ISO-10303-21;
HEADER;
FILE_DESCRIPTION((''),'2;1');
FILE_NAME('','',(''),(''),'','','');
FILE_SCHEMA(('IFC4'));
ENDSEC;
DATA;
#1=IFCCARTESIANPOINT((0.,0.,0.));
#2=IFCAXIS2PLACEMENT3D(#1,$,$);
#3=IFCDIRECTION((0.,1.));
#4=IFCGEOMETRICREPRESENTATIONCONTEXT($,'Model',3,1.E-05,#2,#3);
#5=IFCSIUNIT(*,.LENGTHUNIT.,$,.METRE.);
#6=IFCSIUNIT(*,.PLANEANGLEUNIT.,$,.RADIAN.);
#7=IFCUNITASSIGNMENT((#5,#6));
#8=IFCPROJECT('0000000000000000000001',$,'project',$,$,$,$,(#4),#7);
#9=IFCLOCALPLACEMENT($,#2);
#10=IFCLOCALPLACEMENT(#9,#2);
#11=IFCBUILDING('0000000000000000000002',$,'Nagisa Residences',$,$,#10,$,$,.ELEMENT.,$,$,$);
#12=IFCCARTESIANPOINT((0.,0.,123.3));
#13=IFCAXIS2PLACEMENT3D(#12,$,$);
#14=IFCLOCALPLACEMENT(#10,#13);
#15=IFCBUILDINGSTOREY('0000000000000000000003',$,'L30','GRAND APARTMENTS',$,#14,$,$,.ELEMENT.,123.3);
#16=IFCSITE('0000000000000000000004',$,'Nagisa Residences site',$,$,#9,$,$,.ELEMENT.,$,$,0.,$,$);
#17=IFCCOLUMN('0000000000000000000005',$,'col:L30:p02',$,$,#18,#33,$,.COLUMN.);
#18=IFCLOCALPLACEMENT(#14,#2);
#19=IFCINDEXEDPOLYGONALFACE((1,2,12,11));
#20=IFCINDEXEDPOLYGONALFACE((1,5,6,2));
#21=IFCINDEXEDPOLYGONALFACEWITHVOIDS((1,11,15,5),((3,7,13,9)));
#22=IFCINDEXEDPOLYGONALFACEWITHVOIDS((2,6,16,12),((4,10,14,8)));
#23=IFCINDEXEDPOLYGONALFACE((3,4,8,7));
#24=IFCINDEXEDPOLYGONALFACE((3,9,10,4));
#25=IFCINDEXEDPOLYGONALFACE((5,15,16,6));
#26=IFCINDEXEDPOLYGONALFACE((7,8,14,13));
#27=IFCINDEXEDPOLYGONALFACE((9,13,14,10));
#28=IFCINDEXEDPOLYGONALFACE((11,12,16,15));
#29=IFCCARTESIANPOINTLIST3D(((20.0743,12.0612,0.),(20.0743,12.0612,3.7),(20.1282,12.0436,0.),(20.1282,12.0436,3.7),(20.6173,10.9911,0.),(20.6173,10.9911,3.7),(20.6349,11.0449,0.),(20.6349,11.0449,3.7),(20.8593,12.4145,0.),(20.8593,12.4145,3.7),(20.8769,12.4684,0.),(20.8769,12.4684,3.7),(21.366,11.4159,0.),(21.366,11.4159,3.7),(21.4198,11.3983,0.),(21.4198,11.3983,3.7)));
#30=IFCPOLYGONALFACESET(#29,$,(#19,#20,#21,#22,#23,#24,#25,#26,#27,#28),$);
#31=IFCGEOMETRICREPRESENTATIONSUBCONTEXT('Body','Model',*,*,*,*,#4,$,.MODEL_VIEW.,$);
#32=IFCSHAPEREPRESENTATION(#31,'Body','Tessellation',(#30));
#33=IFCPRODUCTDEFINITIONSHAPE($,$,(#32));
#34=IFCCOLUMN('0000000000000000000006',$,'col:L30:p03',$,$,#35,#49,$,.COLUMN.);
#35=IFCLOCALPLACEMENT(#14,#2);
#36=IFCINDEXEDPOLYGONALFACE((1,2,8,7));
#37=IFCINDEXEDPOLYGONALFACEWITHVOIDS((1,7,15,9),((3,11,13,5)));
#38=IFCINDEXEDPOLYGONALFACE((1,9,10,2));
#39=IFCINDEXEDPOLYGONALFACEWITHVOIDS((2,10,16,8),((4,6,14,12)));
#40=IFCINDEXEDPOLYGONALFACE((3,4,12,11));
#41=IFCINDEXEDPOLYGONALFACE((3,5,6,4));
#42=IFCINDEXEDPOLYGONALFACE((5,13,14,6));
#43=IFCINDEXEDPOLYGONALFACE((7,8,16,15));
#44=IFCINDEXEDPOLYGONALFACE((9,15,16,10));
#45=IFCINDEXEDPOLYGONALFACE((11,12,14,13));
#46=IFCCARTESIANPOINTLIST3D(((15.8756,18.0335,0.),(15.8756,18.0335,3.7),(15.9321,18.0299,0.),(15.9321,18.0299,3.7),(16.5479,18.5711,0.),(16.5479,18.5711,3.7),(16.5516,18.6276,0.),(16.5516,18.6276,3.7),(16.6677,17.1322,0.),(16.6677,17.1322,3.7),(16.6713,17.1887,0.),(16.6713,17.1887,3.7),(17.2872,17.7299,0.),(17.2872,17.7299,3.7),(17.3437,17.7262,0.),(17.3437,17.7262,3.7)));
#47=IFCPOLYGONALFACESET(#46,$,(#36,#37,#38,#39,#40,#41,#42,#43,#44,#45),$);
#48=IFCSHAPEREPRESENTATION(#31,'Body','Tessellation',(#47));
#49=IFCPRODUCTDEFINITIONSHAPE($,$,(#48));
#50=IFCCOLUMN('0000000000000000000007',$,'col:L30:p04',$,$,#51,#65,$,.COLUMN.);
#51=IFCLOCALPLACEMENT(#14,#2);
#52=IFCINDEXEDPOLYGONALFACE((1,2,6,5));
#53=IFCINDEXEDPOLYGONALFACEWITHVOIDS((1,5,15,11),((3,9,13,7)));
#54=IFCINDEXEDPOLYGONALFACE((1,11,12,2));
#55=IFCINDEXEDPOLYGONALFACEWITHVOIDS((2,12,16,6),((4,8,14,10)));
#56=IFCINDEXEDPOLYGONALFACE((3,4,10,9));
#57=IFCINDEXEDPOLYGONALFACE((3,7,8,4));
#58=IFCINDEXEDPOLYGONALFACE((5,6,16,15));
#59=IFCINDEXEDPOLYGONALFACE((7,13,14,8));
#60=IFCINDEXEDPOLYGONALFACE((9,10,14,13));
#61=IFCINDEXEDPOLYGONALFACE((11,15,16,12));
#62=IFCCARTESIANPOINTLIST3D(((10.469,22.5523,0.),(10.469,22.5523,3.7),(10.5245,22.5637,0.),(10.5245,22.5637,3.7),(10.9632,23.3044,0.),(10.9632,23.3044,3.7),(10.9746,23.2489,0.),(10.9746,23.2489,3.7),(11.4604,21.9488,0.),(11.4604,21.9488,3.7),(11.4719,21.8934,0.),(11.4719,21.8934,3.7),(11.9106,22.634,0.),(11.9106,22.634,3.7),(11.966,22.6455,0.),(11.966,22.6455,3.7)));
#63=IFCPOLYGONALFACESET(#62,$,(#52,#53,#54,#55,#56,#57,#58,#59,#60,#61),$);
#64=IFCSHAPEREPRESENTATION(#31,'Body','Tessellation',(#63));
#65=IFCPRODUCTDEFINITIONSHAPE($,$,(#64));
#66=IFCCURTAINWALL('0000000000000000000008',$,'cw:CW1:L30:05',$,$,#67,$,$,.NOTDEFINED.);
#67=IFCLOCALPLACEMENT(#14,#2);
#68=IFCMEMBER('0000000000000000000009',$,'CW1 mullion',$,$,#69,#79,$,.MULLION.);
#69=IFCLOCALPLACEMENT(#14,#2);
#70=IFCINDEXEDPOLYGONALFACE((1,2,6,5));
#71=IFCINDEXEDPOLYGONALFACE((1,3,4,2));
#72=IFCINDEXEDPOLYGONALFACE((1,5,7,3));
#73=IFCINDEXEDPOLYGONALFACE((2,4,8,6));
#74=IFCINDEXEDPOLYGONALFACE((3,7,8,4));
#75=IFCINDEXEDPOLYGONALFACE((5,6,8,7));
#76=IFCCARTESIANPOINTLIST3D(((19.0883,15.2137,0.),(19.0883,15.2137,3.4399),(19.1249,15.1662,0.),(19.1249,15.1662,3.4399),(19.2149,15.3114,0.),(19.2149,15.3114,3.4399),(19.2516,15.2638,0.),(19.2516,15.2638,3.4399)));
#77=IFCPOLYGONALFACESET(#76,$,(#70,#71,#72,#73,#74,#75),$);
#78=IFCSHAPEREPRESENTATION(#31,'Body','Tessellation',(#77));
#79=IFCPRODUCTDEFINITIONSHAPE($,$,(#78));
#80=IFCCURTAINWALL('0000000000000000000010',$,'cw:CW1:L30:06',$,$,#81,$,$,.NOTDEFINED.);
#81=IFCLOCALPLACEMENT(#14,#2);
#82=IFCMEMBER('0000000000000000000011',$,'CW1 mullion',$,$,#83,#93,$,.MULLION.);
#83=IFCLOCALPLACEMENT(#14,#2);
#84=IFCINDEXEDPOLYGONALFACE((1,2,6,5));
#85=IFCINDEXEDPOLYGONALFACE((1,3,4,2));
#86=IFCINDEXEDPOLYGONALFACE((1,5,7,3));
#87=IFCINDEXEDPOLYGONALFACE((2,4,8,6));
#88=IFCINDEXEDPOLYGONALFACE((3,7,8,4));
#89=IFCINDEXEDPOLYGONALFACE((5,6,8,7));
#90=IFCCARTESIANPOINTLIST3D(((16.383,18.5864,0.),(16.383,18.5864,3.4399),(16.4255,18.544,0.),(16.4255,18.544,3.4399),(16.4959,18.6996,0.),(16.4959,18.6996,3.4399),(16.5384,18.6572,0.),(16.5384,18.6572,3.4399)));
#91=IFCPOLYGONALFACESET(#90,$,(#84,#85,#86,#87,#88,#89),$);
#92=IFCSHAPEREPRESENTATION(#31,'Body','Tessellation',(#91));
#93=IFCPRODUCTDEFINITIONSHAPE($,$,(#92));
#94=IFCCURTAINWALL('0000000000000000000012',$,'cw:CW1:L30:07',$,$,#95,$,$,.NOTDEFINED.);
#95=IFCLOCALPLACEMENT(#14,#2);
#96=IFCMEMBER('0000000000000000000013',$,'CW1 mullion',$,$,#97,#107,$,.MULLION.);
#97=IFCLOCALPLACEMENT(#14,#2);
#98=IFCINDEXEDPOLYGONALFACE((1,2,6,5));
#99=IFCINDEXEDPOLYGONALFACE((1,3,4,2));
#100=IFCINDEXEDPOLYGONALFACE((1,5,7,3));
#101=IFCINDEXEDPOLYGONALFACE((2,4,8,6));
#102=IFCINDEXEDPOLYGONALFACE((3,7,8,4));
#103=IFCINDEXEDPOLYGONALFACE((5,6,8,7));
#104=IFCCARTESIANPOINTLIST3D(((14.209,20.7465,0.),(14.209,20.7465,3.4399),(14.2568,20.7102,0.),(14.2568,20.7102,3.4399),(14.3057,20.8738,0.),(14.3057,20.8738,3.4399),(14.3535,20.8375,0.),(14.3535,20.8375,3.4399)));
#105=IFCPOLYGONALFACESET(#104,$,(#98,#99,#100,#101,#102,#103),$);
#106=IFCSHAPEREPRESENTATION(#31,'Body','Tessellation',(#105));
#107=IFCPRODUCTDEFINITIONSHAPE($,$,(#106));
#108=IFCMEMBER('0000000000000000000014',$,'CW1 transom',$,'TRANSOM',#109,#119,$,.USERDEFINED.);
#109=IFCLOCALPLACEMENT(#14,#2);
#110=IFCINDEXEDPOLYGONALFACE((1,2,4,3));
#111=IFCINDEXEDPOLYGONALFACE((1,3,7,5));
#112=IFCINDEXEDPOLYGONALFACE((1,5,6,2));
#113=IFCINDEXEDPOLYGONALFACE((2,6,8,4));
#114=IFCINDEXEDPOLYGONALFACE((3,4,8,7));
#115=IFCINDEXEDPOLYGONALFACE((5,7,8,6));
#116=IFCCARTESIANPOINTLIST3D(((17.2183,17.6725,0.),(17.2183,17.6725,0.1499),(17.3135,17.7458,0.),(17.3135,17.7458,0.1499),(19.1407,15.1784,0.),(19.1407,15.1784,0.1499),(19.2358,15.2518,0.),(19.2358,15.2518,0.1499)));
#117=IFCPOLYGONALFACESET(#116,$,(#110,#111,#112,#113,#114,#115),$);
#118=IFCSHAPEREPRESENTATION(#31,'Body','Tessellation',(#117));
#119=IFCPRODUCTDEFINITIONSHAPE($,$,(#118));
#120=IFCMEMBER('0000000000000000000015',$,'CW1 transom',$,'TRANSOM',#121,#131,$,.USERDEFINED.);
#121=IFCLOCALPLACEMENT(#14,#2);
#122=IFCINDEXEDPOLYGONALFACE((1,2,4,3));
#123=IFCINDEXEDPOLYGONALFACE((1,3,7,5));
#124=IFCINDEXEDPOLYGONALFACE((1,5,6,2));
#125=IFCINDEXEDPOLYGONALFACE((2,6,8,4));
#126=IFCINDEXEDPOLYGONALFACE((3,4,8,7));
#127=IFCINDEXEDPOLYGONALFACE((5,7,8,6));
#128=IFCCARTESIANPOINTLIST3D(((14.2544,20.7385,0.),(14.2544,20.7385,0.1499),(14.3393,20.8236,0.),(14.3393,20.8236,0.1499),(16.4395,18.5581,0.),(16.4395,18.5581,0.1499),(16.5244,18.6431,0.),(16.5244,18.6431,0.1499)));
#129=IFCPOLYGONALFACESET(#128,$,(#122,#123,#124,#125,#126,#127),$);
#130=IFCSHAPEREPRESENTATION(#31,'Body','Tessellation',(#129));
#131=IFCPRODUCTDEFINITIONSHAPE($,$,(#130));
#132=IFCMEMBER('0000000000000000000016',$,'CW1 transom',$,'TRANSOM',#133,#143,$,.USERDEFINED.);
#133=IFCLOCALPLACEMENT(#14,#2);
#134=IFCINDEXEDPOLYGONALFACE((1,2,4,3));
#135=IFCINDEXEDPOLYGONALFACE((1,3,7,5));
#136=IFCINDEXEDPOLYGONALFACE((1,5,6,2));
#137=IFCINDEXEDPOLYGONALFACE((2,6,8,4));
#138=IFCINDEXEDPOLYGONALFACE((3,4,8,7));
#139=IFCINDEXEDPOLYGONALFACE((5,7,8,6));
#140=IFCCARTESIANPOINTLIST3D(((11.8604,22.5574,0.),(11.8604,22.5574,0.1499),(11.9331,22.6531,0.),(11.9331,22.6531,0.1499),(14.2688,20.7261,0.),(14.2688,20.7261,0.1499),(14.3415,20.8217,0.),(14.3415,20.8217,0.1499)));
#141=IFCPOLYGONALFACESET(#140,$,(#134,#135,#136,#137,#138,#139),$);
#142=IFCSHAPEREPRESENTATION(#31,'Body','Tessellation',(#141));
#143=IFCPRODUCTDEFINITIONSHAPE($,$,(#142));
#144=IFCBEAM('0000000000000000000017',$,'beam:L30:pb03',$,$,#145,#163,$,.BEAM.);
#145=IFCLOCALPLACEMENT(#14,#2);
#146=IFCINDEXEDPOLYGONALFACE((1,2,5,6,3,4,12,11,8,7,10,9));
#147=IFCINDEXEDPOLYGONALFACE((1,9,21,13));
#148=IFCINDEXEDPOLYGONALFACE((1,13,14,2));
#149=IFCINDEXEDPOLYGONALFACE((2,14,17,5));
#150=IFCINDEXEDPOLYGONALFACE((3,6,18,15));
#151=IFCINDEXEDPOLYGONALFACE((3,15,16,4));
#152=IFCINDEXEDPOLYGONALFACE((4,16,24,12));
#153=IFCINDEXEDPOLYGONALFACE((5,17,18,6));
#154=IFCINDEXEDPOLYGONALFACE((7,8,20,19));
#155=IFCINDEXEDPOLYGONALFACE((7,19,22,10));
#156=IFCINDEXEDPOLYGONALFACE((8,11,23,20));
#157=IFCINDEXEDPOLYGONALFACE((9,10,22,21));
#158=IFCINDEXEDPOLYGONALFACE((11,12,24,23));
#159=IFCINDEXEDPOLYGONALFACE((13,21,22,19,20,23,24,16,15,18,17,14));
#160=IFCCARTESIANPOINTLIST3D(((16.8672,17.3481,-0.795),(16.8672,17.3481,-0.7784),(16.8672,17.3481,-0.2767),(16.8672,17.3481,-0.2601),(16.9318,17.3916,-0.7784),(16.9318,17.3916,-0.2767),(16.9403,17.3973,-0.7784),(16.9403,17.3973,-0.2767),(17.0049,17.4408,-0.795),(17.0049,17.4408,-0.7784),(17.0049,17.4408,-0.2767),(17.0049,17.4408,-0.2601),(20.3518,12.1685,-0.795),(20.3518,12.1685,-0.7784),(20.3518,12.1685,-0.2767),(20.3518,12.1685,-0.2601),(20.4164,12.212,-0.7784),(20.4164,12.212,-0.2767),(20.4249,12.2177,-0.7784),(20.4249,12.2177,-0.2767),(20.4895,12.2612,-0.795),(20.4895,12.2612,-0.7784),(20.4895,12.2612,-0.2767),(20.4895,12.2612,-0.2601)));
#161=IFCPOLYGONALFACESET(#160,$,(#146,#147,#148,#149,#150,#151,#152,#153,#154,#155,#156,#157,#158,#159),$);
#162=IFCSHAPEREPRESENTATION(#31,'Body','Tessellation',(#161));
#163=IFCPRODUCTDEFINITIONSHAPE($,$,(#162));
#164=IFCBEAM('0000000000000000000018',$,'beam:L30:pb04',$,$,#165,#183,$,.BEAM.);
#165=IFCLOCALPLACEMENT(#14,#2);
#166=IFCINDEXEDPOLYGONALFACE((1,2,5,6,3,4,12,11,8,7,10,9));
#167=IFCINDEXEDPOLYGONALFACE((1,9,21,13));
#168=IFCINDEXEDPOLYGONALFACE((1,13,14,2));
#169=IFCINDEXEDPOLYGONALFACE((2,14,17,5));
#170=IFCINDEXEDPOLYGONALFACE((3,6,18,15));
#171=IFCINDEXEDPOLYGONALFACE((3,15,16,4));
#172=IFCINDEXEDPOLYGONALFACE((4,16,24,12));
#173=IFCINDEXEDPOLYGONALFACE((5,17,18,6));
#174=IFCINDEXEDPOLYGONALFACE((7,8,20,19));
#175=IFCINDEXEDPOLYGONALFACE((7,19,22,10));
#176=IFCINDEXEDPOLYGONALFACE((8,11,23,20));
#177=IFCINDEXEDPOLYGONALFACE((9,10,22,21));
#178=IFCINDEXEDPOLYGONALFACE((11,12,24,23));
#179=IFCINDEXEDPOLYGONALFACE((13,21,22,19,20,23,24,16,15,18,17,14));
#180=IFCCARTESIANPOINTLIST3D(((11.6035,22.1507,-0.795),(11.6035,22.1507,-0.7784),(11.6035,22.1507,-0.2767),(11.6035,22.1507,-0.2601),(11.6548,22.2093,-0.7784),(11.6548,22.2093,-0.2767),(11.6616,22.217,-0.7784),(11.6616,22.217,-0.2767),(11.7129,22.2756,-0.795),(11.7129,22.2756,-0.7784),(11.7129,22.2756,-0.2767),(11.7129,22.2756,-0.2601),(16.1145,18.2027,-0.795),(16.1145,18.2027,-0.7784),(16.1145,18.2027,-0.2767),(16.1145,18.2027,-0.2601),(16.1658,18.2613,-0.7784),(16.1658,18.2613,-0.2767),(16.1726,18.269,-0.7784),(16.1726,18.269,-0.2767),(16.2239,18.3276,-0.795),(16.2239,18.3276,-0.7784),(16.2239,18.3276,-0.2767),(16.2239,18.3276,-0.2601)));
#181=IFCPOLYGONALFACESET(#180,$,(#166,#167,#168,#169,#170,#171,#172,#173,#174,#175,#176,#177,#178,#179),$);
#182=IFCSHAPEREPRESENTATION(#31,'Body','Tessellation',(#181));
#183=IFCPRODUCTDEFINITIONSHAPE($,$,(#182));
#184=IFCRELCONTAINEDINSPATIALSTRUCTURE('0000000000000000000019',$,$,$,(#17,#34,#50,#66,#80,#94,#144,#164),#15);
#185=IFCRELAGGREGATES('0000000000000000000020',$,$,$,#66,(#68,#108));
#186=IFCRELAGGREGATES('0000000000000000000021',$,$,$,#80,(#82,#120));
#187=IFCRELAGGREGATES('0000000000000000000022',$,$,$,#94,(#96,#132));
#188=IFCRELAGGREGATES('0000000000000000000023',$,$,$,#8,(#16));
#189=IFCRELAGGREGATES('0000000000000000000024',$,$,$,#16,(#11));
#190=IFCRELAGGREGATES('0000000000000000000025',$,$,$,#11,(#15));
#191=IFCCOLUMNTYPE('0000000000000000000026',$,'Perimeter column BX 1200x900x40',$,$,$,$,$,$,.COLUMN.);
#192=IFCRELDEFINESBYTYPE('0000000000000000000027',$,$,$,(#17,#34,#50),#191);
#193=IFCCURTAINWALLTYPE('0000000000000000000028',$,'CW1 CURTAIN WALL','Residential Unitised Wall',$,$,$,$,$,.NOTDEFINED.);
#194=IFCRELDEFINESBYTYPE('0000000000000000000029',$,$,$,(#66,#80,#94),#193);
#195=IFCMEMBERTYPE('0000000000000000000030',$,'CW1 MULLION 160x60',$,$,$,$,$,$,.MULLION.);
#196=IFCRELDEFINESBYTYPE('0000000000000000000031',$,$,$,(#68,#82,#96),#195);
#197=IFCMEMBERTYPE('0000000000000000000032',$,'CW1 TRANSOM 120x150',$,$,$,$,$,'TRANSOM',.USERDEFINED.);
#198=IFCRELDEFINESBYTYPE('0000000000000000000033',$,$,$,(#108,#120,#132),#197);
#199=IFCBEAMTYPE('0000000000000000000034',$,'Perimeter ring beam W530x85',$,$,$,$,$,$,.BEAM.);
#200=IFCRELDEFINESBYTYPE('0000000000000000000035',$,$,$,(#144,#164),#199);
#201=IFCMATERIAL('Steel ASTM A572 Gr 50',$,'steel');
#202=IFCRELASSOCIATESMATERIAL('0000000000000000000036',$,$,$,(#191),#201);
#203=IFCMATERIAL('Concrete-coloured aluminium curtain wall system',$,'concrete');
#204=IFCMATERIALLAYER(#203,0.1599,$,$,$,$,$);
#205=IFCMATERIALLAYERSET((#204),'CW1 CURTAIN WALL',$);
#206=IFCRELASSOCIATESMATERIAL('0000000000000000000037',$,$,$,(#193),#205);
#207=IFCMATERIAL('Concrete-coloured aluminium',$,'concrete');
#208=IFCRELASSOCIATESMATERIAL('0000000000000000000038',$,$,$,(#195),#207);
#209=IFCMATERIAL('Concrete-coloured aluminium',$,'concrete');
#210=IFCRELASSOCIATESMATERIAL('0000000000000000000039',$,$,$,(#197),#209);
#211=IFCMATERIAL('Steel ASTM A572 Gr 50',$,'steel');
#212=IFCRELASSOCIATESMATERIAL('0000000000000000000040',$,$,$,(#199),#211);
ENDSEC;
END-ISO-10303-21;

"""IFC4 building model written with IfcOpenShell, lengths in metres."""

from ifc_helpers import new_model, si_unit, direction, frame, origin, origin_2d, place, context, subcontext, project, spatial, rectangle, hollow_rectangle, i_section, extrude, material, layer, layer_set, material_profile, profile_set, type_object, element, aggregate, save


model = new_model("IFC4")

# Units and contexts
model_context = context("Model", 3, precision=1e-05, world=origin(), true_north=direction((0.0, 1.0)))
body_context = subcontext(model_context, "Body", "Model", "MODEL_VIEW")
ifc_project = project(units=[si_unit("LENGTHUNIT", "METRE"), si_unit("PLANEANGLEUNIT", "RADIAN")], contexts=[model_context])

# Site, building, storey
site_placement = place(None, origin())
site = spatial("IfcSite", under=ifc_project, at=site_placement, Name="Nagisa Residences site", CompositionType="ELEMENT", RefElevation=0.0)
building_placement = place(site_placement, origin())
building = spatial("IfcBuilding", under=site, at=building_placement, Name="Nagisa Residences", CompositionType="ELEMENT")
storey_placement = place(building_placement, frame((0.0, 0.0, 123.3)))
storey = spatial("IfcBuildingStorey", under=building, at=storey_placement, Name="L30", Description="GRAND APARTMENTS", CompositionType="ELEMENT", Elevation=123.3)

# Columns
ifc_material_1 = material(Name="Steel ASTM A572 Gr 50", Category="steel")
ifc_material_profile_1 = material_profile(ifc_material_1, hollow_rectangle(XDim=1.2, YDim=0.8999, WallThickness=0.04, at=origin_2d()), Name="BX 1200x900x40")
ifc_profile_set_1 = profile_set([ifc_material_profile_1], Name="Steel ASTM A572 Gr 50")
column_type = type_object("IfcColumnType", Name="Perimeter column BX 1200x900x40", PredefinedType="COLUMN", material=ifc_profile_set_1)
for number, where, z_axis, x_axis, name in (
    (1, (20.7471, 11.7297, 0.0), (0.0, 0.0, 1.0), (-0.452463, 0.891783, 0.0), "col:L30:p02"),
    (2, (16.6096, 17.8799, 0.0), (0.0, 0.0, 1.0), (-0.660115, 0.751165, 0.0), "col:L30:p03"),
    (3, (11.2175, 22.5989, 0.0), (0.0, 0.0, 1.0), (-0.835766, 0.549086, 0.0), "col:L30:p04"),
):
    element("IfcColumn", number, at=place(storey_placement, frame(where, z_axis=z_axis, x_axis=x_axis)), inside=storey, type_object=column_type, Name=name, PredefinedType="COLUMN", context=body_context, shape_type="SweptSolid", body=[
        extrude(hollow_rectangle(XDim=1.2, YDim=0.8999, WallThickness=0.04, at=origin_2d()), origin(), (0.0, 0.0, 1.0), 3.7),
    ])

# Curtain walls, members
ifc_material_2 = material(Name="Concrete-coloured aluminium curtain wall system", Category="concrete")
ifc_layer_1 = layer(ifc_material_2, 0.1599)
ifc_layer_set_1 = layer_set([ifc_layer_1], Name="CW1 CURTAIN WALL")
curtain_wall_type = type_object("IfcCurtainWallType", Name="CW1 CURTAIN WALL", Description="Residential Unitised Wall", PredefinedType="NOTDEFINED", material=ifc_layer_set_1)
curtain_wall_1_placement = place(storey_placement, origin())
curtain_wall_1 = element("IfcCurtainWall", 4, at=curtain_wall_1_placement, inside=storey, type_object=curtain_wall_type, Name="cw:CW1:L30:05", PredefinedType="NOTDEFINED")
ifc_material_3 = material(Name="Concrete-coloured aluminium", Category="concrete")
ifc_material_profile_2 = material_profile(ifc_material_3, rectangle(XDim=0.1599, YDim=0.0601, at=origin_2d()), Name="CW1 MULLION 160x60")
ifc_profile_set_2 = profile_set([ifc_material_profile_2], Name="Concrete-coloured aluminium")
member_type_1 = type_object("IfcMemberType", Name="CW1 MULLION 160x60", PredefinedType="MULLION", material=ifc_profile_set_2)
member_1_placement = place(storey_placement, frame((19.1699, 15.2388, 0.0), z_axis=(0.0, 0.0, 1.0), x_axis=(-0.79207, -0.61043, 0.0)))
member_1 = element("IfcMember", 5, at=member_1_placement, type_object=member_type_1, Name="CW1 mullion", PredefinedType="MULLION", context=body_context, shape_type="SweptSolid", body=[
    extrude(rectangle(XDim=0.1599, YDim=0.0601, at=origin_2d()), origin(), (0.0, 0.0, 1.0), 3.4399),
])
curtain_wall_2_placement = place(storey_placement, origin())
curtain_wall_2 = element("IfcCurtainWall", 6, at=curtain_wall_2_placement, inside=storey, type_object=curtain_wall_type, Name="cw:CW1:L30:06", PredefinedType="NOTDEFINED")
member_2_placement = place(storey_placement, frame((16.4607, 18.6218, 0.0), z_axis=(0.0, 0.0, 1.0), x_axis=(-0.706377, -0.707836, 0.0)))
member_2 = element("IfcMember", 7, at=member_2_placement, type_object=member_type_1, Name="CW1 mullion", PredefinedType="MULLION", context=body_context, shape_type="SweptSolid", body=[
    extrude(rectangle(XDim=0.1599, YDim=0.0601, at=origin_2d()), origin(), (0.0, 0.0, 1.0), 3.4399),
])
curtain_wall_3_placement = place(storey_placement, origin())
curtain_wall_3 = element("IfcCurtainWall", 8, at=curtain_wall_3_placement, inside=storey, type_object=curtain_wall_type, Name="cw:CW1:L30:07", PredefinedType="NOTDEFINED")
member_3_placement = place(storey_placement, frame((14.2812, 20.792, 0.0), z_axis=(0.0, 0.0, 1.0), x_axis=(-0.605255, -0.796031, 0.0)))
member_3 = element("IfcMember", 9, at=member_3_placement, type_object=member_type_1, Name="CW1 mullion", PredefinedType="MULLION", context=body_context, shape_type="SweptSolid", body=[
    extrude(rectangle(XDim=0.1599, YDim=0.0601, at=origin_2d()), origin(), (0.0, 0.0, 1.0), 3.4399),
])

# Members
ifc_material_4 = material(Name="Concrete-coloured aluminium", Category="concrete")
ifc_material_profile_3 = material_profile(ifc_material_4, rectangle(XDim=0.1201, YDim=0.1499, at=origin_2d()), Name="CW1 TRANSOM 120x150")
ifc_profile_set_3 = profile_set([ifc_material_profile_3], Name="Concrete-coloured aluminium")
member_type_2 = type_object("IfcMemberType", Name="CW1 TRANSOM 120x150", ElementType="TRANSOM", PredefinedType="USERDEFINED", material=ifc_profile_set_3)
member_4_placement = place(storey_placement, frame((19.1882, 15.2151, 0.075), z_axis=(-0.610467, 0.792041, 0.0), x_axis=(-0.792041, -0.610467, 0.0)))
member_4 = element("IfcMember", 10, at=member_4_placement, type_object=member_type_2, Name="CW1 transom", ObjectType="TRANSOM", PredefinedType="USERDEFINED", context=body_context, shape_type="SweptSolid", body=[
    extrude(rectangle(XDim=0.1201, YDim=0.1499, at=origin_2d()), origin(), (0.0, 0.0, 1.0), 3.1489),
])
member_5_placement = place(storey_placement, frame((16.4819, 18.6006, 0.075), z_axis=(-0.707858, 0.706355, 0.0), x_axis=(-0.706355, -0.707858, 0.0)))
member_5 = element("IfcMember", 11, at=member_5_placement, type_object=member_type_2, Name="CW1 transom", ObjectType="TRANSOM", PredefinedType="USERDEFINED", context=body_context, shape_type="SweptSolid", body=[
    extrude(rectangle(XDim=0.1201, YDim=0.1499, at=origin_2d()), origin(), (0.0, 0.0, 1.0), 3.0869),
])
member_6_placement = place(storey_placement, frame((14.3052, 20.7739, 0.075), z_axis=(-0.796022, 0.605267, 0.0), x_axis=(-0.605267, -0.796022, 0.0)))
member_6 = element("IfcMember", 12, at=member_6_placement, type_object=member_type_2, Name="CW1 transom", ObjectType="TRANSOM", PredefinedType="USERDEFINED", context=body_context, shape_type="SweptSolid", body=[
    extrude(rectangle(XDim=0.1201, YDim=0.1499, at=origin_2d()), origin(), (0.0, 0.0, 1.0), 3.0256),
])

# Beams
ifc_material_5 = material(Name="Steel ASTM A572 Gr 50", Category="steel")
ifc_material_profile_4 = material_profile(ifc_material_5, i_section(OverallWidth=0.166, OverallDepth=0.5349, WebThickness=0.0103, FlangeThickness=0.0166, at=origin_2d()), Name="W530x85")
ifc_profile_set_4 = profile_set([ifc_material_profile_4], Name="Steel ASTM A572 Gr 50")
beam_type_1 = type_object("IfcBeamType", Name="Perimeter ring beam W530x85", PredefinedType="BEAM", material=ifc_profile_set_4)
beam_1_placement = place(storey_placement, frame((20.4207, 12.2148, -0.5276), z_axis=(-0.558188, 0.829715, 0.0), x_axis=(-0.829715, -0.558188, 0.0)))
element("IfcBeam", 13, at=beam_1_placement, inside=storey, type_object=beam_type_1, Name="beam:L30:pb03", PredefinedType="BEAM", context=body_context, shape_type="SweptSolid", body=[
    extrude(i_section(OverallWidth=0.166, OverallDepth=0.5349, WebThickness=0.0103, FlangeThickness=0.0166, at=origin_2d()), origin(), (0.0, 0.0, 1.0), 6.2427),
])
beam_2_placement = place(storey_placement, frame((16.1692, 18.2651, -0.5276), z_axis=(-0.752504, 0.658588, 0.0), x_axis=(-0.658588, -0.752504, 0.0)))
element("IfcBeam", 14, at=beam_2_placement, inside=storey, type_object=beam_type_1, Name="beam:L30:pb04", PredefinedType="BEAM", context=body_context, shape_type="SweptSolid", body=[
    extrude(i_section(OverallWidth=0.166, OverallDepth=0.5349, WebThickness=0.0103, FlangeThickness=0.0166, at=origin_2d()), origin(), (0.0, 0.0, 1.0), 5.9946),
])

aggregate(curtain_wall_1, [member_1, member_4])
aggregate(curtain_wall_2, [member_2, member_5])
aggregate(curtain_wall_3, [member_3, member_6])

save(model, "model.ifc")
